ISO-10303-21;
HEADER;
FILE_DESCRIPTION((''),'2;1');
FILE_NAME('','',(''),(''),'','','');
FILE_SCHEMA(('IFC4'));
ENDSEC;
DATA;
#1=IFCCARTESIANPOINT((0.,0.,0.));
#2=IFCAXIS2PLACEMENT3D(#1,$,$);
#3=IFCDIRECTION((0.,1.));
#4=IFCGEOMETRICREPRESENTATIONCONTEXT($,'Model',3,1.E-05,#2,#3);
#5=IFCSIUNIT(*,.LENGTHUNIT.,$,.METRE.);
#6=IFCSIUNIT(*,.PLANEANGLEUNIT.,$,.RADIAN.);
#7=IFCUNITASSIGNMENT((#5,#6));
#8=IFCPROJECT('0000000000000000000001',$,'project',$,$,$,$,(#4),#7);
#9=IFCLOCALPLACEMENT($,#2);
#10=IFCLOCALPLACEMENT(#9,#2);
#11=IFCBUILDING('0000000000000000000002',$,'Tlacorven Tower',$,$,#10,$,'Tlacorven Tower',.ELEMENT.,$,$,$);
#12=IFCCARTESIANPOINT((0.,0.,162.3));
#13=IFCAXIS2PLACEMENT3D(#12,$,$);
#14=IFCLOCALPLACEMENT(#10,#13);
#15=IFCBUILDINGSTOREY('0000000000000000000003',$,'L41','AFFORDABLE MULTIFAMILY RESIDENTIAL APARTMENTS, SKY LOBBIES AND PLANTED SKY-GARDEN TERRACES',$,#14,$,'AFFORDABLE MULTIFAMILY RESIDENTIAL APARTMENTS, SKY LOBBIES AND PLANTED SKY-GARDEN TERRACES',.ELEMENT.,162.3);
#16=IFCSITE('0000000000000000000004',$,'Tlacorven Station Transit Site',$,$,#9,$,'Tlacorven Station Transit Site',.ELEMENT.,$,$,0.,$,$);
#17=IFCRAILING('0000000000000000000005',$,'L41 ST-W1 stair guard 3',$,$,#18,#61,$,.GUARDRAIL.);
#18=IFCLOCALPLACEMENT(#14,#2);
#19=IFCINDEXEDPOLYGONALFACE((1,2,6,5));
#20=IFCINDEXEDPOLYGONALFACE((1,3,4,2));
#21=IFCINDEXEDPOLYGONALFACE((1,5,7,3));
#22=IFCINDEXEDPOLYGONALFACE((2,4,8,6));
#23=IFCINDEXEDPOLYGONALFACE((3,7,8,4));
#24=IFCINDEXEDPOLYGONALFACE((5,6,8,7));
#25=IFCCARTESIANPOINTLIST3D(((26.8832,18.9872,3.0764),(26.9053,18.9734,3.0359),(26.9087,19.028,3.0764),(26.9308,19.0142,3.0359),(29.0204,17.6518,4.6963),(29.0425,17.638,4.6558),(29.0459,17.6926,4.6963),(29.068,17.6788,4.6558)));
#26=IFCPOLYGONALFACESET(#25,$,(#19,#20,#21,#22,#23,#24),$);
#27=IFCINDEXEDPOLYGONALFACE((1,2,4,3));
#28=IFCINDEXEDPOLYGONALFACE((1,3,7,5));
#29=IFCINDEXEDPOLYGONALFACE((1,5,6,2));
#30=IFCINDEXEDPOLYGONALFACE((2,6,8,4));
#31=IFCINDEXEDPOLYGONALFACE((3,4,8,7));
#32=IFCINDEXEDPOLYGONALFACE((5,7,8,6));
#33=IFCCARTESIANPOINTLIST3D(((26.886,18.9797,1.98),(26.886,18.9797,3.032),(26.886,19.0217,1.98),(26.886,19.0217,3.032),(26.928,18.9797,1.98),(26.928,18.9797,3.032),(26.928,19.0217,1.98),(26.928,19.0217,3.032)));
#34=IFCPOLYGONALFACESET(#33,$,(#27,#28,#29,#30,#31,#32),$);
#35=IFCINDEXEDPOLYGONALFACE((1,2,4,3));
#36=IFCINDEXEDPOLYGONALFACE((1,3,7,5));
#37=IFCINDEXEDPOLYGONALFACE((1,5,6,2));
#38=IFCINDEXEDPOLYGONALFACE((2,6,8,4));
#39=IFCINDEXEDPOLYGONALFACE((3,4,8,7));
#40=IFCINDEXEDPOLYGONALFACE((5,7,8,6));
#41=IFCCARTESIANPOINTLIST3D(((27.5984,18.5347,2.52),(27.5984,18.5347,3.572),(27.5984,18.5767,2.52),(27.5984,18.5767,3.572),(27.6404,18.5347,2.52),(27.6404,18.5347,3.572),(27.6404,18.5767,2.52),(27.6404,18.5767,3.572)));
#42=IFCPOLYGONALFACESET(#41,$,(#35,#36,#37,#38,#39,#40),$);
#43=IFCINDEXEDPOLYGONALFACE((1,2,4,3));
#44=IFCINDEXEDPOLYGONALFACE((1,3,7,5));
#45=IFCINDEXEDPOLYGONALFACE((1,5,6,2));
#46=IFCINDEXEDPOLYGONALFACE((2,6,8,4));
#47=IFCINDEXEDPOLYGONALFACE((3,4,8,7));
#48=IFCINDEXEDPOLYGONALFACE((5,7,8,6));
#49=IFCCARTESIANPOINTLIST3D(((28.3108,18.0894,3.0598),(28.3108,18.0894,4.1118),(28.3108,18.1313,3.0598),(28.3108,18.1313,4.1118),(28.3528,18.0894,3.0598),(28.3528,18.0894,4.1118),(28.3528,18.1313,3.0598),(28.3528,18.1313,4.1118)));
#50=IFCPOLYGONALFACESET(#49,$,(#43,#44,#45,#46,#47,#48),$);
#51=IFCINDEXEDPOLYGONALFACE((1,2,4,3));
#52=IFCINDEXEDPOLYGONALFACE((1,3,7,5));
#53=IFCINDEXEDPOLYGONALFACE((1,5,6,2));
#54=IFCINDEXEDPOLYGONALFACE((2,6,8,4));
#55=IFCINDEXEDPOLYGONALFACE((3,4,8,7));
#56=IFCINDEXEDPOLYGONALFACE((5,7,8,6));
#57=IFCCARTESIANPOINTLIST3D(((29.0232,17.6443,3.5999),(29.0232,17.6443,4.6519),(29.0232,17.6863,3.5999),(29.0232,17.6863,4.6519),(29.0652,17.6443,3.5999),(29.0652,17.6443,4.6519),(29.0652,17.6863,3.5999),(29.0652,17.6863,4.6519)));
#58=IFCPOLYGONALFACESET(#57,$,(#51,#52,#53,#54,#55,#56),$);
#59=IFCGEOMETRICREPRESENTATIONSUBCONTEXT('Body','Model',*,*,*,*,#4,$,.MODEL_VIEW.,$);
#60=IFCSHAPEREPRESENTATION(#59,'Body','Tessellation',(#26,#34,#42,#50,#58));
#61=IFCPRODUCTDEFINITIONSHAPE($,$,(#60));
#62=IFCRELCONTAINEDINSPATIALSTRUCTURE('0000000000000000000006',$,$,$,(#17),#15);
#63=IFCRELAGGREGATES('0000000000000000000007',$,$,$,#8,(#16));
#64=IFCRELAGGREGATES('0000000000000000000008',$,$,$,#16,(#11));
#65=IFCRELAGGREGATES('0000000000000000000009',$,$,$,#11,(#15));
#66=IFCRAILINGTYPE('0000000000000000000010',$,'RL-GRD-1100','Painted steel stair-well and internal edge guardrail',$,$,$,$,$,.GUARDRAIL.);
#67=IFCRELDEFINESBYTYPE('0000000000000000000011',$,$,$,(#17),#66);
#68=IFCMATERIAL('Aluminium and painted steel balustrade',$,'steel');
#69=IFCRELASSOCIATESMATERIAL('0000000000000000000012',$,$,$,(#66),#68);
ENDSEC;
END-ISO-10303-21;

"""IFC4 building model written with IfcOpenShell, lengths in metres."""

from ifc_helpers import new_model, si_unit, direction, frame, origin, origin_2d, place, context, subcontext, project, spatial, rectangle, extrude, source, transform, mapped, material, type_object, element, save


model = new_model("IFC4")

# Units and contexts
model_context = context("Model", 3, precision=1e-05, world=origin(), true_north=direction((0.0, 1.0)))
body_context = subcontext(model_context, "Body", "Model", "MODEL_VIEW")
ifc_project = project(units=[si_unit("LENGTHUNIT", "METRE"), si_unit("PLANEANGLEUNIT", "RADIAN")], contexts=[model_context])

# Site, building, storey
site_placement = place(None, origin())
site = spatial("IfcSite", under=ifc_project, at=site_placement, Name="Tlacorven Station Transit Site", LongName="Tlacorven Station Transit Site", CompositionType="ELEMENT", RefElevation=0.0)
building_placement = place(site_placement, origin())
building = spatial("IfcBuilding", under=site, at=building_placement, Name="Tlacorven Tower", LongName="Tlacorven Tower", CompositionType="ELEMENT")
storey_placement = place(building_placement, frame((0.0, 0.0, 162.3)))
storey = spatial("IfcBuildingStorey", under=building, at=storey_placement, Name="L41", Description="AFFORDABLE MULTIFAMILY RESIDENTIAL APARTMENTS, SKY LOBBIES AND PLANTED SKY-GARDEN TERRACES", LongName="AFFORDABLE MULTIFAMILY RESIDENTIAL APARTMENTS, SKY LOBBIES AND PLANTED SKY-GARDEN TERRACES", CompositionType="ELEMENT", Elevation=162.3)

# Railing
ifc_material_1 = material(Name="Aluminium and painted steel balustrade", Category="steel")
railing_type_1 = type_object("IfcRailingType", Name="RL-GRD-1100", Description="Painted steel stair-well and internal edge guardrail", PredefinedType="GUARDRAIL", material=ifc_material_1)
shared_shape_1 = source(origin(), body_context, "Body", "SweptSolid", [
    extrude(rectangle(XDim=0.0481, YDim=0.0481, at=origin_2d()), frame((0.0, 0.0, 1.0762), z_axis=(0.713391, -0.445768, 0.540707), x_axis=(0.529912, 0.848053, 0.0)), (0.0, 0.0, 1.0), 2.9958),
    extrude(rectangle(XDim=0.042, YDim=0.042, at=origin_2d()), origin(), (0.0, 0.0, 1.0), 1.052),
    extrude(rectangle(XDim=0.042, YDim=0.042, at=origin_2d()), frame((0.7124, -0.4451, 0.54)), (0.0, 0.0, 1.0), 1.052),
    extrude(rectangle(XDim=0.042, YDim=0.042, at=origin_2d()), frame((1.4248, -0.8904, 1.0798)), (0.0, 0.0, 1.0), 1.052),
    extrude(rectangle(XDim=0.042, YDim=0.042, at=origin_2d()), frame((2.1372, -1.3354, 1.6199)), (0.0, 0.0, 1.0), 1.052),
])
railing_1_placement = place(storey_placement, frame((26.907, 19.0007, 1.98)))
element("IfcRailing", 1, at=railing_1_placement, inside=storey, type_object=railing_type_1, Name="L41 ST-W1 stair guard 3", PredefinedType="GUARDRAIL", context=body_context, shape_type="MappedRepresentation", body=[
    mapped(shared_shape_1, transform((0.0, 0.0, 0.0), scale=1.0)),
])

save(model, "model.ifc")
